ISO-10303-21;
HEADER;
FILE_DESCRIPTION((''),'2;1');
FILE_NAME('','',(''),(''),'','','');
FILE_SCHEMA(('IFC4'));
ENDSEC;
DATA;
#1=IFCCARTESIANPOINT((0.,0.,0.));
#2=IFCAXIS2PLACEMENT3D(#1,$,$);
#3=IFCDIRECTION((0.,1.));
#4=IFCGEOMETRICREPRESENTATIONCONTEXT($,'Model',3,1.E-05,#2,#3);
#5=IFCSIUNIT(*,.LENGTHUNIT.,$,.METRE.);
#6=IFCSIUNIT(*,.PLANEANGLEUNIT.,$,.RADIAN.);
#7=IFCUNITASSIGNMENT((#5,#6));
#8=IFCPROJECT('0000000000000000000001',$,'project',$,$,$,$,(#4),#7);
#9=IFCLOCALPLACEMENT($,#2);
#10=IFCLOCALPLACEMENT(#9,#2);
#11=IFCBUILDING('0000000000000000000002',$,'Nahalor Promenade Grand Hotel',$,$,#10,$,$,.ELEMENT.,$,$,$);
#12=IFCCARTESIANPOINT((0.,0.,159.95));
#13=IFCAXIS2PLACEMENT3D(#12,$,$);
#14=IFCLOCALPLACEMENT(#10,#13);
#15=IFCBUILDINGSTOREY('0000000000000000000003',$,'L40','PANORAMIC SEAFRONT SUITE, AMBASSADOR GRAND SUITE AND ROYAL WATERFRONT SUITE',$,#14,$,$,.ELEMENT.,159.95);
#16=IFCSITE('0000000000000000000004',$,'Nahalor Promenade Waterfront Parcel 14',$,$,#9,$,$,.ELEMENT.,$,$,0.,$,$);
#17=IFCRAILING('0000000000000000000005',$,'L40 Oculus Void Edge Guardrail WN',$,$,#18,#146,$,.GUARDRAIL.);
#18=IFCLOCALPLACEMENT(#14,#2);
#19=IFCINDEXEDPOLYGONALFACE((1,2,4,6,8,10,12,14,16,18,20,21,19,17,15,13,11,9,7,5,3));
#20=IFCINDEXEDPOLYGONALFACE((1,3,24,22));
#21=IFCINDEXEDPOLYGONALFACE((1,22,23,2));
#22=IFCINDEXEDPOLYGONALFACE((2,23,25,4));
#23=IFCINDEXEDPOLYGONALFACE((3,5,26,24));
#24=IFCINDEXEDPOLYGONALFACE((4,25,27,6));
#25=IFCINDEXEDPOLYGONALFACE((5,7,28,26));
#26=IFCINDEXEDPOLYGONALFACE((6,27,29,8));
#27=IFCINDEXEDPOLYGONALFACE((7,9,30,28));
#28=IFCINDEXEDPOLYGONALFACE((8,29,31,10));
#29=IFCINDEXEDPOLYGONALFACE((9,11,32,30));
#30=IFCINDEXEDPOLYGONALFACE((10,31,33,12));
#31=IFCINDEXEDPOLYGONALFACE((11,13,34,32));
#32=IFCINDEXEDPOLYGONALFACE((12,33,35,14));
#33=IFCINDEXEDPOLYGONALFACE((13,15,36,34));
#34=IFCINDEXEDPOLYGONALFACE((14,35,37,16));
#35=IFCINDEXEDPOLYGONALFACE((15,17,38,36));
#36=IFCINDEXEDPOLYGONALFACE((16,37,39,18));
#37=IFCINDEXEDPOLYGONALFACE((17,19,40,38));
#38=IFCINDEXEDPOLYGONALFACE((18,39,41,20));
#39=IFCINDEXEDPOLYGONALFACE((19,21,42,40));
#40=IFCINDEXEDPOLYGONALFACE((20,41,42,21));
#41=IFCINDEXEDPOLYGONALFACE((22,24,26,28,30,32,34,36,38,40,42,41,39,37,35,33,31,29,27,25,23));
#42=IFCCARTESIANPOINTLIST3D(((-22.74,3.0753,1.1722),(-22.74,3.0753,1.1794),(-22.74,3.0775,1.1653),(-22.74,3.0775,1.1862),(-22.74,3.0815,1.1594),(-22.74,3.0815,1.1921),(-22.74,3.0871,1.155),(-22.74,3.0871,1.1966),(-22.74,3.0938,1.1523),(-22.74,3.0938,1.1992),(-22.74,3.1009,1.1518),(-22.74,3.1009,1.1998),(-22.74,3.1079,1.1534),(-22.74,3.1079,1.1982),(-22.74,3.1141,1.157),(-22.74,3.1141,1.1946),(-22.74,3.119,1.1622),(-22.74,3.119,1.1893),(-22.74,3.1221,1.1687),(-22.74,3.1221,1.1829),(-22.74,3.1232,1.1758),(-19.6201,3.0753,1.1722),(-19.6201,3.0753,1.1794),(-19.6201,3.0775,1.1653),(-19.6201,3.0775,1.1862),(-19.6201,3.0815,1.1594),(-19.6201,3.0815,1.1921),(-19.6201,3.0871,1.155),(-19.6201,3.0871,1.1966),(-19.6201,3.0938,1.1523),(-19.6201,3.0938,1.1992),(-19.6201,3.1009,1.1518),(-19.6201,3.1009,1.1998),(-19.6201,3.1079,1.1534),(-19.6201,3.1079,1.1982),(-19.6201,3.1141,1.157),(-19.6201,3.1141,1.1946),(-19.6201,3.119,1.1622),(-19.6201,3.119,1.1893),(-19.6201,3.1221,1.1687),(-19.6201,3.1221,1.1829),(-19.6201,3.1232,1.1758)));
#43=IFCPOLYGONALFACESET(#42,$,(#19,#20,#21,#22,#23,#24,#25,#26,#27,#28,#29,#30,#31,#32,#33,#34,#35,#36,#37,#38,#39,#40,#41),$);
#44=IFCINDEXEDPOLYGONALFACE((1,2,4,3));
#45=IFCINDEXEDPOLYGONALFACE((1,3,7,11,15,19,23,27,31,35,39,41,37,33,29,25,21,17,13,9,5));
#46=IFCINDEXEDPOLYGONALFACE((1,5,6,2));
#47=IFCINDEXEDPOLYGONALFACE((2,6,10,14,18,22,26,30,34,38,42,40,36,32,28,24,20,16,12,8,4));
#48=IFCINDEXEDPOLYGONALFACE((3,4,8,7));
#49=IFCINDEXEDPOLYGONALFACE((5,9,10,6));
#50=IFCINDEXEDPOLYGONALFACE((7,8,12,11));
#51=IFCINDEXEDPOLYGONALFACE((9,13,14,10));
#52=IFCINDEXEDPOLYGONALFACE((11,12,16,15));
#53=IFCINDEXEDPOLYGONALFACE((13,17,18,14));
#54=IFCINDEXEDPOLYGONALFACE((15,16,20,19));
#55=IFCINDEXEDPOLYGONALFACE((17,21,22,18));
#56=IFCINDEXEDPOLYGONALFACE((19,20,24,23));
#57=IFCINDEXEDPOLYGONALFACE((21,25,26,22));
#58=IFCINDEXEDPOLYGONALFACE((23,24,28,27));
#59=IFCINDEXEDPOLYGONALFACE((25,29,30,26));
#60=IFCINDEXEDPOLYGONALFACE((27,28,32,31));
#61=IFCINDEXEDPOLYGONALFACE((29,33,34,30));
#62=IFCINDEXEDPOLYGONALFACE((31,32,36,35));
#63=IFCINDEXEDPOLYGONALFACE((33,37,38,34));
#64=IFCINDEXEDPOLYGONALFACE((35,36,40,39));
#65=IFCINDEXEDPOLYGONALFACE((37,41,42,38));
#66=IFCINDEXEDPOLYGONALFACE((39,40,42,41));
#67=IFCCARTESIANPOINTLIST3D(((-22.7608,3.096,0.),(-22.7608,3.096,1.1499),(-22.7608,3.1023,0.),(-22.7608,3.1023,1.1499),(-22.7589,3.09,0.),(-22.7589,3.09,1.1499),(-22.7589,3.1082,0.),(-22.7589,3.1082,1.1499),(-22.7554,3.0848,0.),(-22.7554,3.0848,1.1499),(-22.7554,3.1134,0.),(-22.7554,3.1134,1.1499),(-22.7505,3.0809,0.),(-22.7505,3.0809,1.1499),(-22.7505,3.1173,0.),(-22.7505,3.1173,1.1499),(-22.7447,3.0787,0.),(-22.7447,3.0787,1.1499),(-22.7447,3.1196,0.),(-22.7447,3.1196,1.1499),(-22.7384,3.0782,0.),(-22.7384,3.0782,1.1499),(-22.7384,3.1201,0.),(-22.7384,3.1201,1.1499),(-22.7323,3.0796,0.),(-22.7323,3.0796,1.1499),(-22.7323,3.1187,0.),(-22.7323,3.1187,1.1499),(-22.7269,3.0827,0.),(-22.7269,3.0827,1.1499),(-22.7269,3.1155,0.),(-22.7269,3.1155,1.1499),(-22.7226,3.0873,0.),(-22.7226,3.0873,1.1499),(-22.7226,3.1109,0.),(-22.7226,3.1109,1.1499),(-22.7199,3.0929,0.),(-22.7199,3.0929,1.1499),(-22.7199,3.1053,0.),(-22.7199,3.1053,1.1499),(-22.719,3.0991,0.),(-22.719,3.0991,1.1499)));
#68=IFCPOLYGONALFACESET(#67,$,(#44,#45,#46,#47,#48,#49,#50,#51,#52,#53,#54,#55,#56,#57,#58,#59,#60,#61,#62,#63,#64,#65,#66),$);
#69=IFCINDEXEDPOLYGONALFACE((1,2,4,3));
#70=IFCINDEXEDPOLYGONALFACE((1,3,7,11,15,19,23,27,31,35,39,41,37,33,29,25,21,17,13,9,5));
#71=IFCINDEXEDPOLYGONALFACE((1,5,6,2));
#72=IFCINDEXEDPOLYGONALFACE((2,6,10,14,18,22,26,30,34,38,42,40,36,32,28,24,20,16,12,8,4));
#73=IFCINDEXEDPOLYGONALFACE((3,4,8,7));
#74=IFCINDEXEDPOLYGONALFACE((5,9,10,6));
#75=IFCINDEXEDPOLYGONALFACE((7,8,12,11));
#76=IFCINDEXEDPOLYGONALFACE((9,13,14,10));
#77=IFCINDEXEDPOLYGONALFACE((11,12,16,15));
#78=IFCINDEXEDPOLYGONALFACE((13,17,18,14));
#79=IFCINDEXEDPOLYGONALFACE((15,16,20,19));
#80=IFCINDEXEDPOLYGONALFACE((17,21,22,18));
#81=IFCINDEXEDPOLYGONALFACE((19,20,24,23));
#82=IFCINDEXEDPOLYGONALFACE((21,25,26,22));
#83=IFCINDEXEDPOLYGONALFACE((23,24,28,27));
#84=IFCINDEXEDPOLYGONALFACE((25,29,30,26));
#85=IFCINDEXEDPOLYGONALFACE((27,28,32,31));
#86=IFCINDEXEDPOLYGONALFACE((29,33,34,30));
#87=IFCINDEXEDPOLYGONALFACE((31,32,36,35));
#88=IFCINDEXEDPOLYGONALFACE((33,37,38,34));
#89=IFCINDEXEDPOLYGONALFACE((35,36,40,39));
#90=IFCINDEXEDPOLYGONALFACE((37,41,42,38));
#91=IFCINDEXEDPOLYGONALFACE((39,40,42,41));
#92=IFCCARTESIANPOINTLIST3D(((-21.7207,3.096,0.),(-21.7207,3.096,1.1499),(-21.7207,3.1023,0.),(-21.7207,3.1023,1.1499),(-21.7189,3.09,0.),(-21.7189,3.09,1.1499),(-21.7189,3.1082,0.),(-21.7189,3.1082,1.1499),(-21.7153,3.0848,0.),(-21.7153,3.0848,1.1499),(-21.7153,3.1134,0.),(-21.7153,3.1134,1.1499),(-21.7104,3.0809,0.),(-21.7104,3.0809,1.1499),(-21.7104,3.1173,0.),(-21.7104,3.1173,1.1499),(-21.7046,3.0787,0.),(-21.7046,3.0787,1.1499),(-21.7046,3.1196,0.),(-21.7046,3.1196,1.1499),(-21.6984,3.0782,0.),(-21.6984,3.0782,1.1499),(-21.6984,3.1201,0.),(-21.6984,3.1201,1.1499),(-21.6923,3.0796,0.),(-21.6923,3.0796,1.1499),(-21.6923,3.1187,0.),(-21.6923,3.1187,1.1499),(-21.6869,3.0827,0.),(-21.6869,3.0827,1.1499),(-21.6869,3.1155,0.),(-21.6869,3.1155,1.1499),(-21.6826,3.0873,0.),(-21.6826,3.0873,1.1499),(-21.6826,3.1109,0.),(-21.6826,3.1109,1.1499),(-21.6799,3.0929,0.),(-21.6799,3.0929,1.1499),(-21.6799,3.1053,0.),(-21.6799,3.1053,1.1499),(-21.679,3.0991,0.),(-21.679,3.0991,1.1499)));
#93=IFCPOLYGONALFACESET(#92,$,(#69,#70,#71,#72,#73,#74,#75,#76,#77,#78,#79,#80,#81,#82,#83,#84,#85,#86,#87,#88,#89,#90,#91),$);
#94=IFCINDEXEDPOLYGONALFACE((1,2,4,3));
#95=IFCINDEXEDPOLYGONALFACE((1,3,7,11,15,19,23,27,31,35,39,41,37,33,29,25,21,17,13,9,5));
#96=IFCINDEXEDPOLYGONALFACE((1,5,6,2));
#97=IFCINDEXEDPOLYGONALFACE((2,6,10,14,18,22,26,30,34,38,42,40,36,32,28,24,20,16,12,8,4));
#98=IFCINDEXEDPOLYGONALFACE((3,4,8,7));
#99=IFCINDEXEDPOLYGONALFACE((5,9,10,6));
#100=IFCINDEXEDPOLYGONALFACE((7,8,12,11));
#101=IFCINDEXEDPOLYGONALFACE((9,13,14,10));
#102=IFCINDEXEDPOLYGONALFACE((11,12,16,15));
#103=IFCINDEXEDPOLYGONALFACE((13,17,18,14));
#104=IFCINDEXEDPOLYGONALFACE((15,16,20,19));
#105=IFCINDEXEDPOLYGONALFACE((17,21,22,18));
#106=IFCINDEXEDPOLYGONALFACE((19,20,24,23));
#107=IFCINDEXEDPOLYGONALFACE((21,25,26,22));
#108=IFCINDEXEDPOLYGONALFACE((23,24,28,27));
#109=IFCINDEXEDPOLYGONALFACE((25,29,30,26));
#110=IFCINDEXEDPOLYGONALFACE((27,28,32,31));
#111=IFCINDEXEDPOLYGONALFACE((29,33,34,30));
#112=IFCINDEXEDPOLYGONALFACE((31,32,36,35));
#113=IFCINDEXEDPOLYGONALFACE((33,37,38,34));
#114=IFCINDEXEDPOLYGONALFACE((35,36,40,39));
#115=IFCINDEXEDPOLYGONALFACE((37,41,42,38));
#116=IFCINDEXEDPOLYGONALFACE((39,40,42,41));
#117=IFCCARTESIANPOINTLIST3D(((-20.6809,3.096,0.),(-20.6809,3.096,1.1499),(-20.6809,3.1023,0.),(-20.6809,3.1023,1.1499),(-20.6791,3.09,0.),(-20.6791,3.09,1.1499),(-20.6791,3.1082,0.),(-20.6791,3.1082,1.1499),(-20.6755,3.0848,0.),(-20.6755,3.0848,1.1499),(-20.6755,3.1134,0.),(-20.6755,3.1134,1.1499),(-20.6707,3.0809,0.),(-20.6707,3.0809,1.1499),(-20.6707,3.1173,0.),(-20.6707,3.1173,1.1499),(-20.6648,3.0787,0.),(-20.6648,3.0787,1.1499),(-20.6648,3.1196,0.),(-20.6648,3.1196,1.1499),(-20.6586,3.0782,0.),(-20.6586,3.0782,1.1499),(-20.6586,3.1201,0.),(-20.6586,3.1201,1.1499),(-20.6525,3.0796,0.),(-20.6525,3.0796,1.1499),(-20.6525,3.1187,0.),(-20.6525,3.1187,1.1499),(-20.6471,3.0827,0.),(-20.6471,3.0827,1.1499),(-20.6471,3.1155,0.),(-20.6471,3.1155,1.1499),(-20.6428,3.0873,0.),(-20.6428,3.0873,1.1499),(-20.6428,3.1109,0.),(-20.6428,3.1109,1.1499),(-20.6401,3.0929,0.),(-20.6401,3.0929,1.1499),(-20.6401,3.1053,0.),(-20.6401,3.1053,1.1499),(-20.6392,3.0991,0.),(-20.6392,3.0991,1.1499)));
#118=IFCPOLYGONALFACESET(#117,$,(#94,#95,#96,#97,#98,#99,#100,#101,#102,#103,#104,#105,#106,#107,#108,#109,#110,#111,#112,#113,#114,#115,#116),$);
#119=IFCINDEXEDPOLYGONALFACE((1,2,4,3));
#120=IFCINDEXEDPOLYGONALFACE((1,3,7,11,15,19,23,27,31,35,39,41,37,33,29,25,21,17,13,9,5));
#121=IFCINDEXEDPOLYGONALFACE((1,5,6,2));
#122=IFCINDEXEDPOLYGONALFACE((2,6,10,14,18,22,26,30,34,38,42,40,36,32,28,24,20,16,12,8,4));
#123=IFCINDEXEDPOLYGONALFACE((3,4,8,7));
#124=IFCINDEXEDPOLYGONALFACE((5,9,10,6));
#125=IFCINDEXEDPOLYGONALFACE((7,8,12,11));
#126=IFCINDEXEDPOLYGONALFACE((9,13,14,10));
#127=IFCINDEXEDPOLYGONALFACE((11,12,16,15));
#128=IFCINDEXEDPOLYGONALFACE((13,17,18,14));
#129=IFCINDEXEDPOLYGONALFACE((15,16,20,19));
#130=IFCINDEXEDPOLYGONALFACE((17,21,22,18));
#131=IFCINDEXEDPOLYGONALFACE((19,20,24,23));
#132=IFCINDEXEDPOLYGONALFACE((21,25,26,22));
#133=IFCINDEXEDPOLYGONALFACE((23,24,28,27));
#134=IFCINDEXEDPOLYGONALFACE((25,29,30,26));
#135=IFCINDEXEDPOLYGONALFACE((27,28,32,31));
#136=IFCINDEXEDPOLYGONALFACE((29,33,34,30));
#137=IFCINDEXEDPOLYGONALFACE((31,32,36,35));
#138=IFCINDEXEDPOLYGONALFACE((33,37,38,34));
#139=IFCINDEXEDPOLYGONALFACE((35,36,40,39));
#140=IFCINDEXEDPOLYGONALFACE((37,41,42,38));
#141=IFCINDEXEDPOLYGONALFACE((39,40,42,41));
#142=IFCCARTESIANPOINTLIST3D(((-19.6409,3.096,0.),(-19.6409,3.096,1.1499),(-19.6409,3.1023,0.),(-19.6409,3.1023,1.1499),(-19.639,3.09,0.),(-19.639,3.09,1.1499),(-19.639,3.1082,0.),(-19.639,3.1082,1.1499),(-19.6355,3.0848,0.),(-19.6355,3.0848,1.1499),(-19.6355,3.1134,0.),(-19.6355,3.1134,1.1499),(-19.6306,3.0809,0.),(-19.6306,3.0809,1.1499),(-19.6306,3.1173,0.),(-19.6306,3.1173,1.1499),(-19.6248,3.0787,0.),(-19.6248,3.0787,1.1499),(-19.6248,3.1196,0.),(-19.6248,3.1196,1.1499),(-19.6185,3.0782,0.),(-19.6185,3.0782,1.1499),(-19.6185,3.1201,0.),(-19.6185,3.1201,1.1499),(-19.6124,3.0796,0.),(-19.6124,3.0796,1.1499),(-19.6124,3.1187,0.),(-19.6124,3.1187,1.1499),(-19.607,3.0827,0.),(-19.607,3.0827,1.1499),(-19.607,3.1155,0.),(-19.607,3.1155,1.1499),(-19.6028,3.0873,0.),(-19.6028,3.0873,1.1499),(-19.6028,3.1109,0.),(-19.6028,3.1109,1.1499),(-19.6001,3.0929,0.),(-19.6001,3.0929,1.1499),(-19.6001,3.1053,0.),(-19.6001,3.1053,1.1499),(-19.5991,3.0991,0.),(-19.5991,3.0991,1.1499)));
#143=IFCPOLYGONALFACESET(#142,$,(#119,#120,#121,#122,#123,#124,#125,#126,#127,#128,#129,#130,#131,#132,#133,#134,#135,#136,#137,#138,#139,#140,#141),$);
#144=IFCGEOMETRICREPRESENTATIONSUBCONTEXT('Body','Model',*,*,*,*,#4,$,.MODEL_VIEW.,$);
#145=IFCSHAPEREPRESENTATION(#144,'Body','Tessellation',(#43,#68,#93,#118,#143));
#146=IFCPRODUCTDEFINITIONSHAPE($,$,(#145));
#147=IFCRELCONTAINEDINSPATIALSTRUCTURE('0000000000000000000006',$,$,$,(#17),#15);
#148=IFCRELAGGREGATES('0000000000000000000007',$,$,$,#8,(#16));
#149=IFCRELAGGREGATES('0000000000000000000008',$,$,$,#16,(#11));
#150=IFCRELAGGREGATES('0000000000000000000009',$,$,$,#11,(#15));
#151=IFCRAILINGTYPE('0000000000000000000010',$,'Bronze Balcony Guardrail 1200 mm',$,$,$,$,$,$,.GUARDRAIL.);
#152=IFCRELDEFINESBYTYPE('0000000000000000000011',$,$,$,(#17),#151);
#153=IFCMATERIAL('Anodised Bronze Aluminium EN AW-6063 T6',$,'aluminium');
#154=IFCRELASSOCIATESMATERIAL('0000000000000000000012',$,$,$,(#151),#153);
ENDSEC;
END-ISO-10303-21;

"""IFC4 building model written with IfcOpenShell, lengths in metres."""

from ifc_helpers import new_model, si_unit, direction, frame, origin, origin_2d, place, context, subcontext, project, spatial, circle, extrude, material, type_object, element, save


model = new_model("IFC4")

# Units and contexts
model_context = context("Model", 3, precision=1e-05, world=origin(), true_north=direction((0.0, 1.0)))
body_context = subcontext(model_context, "Body", "Model", "MODEL_VIEW")
ifc_project = project(units=[si_unit("LENGTHUNIT", "METRE"), si_unit("PLANEANGLEUNIT", "RADIAN")], contexts=[model_context])

# Site, building, storey
site_placement = place(None, origin())
site = spatial("IfcSite", under=ifc_project, at=site_placement, Name="Nahalor Promenade Waterfront Parcel 14", CompositionType="ELEMENT", RefElevation=0.0)
building_placement = place(site_placement, origin())
building = spatial("IfcBuilding", under=site, at=building_placement, Name="Nahalor Promenade Grand Hotel", CompositionType="ELEMENT")
storey_placement = place(building_placement, frame((0.0, 0.0, 159.95)))
storey = spatial("IfcBuildingStorey", under=building, at=storey_placement, Name="L40", Description="PANORAMIC SEAFRONT SUITE, AMBASSADOR GRAND SUITE AND ROYAL WATERFRONT SUITE", CompositionType="ELEMENT", Elevation=159.95)

# Shared definitions
ifc_material_1 = material(Name="Anodised Bronze Aluminium EN AW-6063 T6", Category="aluminium")

# Railing
railing_type = type_object("IfcRailingType", Name="Bronze Balcony Guardrail 1200 mm", PredefinedType="GUARDRAIL", material=ifc_material_1)
railing_placement = place(storey_placement, frame((-22.74, 3.0991, 0.0)))
element("IfcRailing", 1, at=railing_placement, inside=storey, type_object=railing_type, Name="L40 Oculus Void Edge Guardrail WN", PredefinedType="GUARDRAIL", context=body_context, shape_type="SweptSolid", body=[
    extrude(circle(Radius=0.024, at=origin_2d()), frame((0.0, 0.0, 1.1758), z_axis=(1.0, 0.0, 0.0), x_axis=(0.0, 1.0, 0.0)), (0.0, 0.0, 1.0), 3.1199),
    extrude(circle(Radius=0.021, at=origin_2d()), origin(), (0.0, 0.0, 1.0), 1.1499),
    extrude(circle(Radius=0.021, at=origin_2d()), frame((1.04, 0.0, 0.0)), (0.0, 0.0, 1.0), 1.1499),
    extrude(circle(Radius=0.021, at=origin_2d()), frame((2.0798, 0.0, 0.0)), (0.0, 0.0, 1.0), 1.1499),
    extrude(circle(Radius=0.021, at=origin_2d()), frame((3.1199, 0.0, 0.0)), (0.0, 0.0, 1.0), 1.1499),
])

save(model, "model.ifc")
